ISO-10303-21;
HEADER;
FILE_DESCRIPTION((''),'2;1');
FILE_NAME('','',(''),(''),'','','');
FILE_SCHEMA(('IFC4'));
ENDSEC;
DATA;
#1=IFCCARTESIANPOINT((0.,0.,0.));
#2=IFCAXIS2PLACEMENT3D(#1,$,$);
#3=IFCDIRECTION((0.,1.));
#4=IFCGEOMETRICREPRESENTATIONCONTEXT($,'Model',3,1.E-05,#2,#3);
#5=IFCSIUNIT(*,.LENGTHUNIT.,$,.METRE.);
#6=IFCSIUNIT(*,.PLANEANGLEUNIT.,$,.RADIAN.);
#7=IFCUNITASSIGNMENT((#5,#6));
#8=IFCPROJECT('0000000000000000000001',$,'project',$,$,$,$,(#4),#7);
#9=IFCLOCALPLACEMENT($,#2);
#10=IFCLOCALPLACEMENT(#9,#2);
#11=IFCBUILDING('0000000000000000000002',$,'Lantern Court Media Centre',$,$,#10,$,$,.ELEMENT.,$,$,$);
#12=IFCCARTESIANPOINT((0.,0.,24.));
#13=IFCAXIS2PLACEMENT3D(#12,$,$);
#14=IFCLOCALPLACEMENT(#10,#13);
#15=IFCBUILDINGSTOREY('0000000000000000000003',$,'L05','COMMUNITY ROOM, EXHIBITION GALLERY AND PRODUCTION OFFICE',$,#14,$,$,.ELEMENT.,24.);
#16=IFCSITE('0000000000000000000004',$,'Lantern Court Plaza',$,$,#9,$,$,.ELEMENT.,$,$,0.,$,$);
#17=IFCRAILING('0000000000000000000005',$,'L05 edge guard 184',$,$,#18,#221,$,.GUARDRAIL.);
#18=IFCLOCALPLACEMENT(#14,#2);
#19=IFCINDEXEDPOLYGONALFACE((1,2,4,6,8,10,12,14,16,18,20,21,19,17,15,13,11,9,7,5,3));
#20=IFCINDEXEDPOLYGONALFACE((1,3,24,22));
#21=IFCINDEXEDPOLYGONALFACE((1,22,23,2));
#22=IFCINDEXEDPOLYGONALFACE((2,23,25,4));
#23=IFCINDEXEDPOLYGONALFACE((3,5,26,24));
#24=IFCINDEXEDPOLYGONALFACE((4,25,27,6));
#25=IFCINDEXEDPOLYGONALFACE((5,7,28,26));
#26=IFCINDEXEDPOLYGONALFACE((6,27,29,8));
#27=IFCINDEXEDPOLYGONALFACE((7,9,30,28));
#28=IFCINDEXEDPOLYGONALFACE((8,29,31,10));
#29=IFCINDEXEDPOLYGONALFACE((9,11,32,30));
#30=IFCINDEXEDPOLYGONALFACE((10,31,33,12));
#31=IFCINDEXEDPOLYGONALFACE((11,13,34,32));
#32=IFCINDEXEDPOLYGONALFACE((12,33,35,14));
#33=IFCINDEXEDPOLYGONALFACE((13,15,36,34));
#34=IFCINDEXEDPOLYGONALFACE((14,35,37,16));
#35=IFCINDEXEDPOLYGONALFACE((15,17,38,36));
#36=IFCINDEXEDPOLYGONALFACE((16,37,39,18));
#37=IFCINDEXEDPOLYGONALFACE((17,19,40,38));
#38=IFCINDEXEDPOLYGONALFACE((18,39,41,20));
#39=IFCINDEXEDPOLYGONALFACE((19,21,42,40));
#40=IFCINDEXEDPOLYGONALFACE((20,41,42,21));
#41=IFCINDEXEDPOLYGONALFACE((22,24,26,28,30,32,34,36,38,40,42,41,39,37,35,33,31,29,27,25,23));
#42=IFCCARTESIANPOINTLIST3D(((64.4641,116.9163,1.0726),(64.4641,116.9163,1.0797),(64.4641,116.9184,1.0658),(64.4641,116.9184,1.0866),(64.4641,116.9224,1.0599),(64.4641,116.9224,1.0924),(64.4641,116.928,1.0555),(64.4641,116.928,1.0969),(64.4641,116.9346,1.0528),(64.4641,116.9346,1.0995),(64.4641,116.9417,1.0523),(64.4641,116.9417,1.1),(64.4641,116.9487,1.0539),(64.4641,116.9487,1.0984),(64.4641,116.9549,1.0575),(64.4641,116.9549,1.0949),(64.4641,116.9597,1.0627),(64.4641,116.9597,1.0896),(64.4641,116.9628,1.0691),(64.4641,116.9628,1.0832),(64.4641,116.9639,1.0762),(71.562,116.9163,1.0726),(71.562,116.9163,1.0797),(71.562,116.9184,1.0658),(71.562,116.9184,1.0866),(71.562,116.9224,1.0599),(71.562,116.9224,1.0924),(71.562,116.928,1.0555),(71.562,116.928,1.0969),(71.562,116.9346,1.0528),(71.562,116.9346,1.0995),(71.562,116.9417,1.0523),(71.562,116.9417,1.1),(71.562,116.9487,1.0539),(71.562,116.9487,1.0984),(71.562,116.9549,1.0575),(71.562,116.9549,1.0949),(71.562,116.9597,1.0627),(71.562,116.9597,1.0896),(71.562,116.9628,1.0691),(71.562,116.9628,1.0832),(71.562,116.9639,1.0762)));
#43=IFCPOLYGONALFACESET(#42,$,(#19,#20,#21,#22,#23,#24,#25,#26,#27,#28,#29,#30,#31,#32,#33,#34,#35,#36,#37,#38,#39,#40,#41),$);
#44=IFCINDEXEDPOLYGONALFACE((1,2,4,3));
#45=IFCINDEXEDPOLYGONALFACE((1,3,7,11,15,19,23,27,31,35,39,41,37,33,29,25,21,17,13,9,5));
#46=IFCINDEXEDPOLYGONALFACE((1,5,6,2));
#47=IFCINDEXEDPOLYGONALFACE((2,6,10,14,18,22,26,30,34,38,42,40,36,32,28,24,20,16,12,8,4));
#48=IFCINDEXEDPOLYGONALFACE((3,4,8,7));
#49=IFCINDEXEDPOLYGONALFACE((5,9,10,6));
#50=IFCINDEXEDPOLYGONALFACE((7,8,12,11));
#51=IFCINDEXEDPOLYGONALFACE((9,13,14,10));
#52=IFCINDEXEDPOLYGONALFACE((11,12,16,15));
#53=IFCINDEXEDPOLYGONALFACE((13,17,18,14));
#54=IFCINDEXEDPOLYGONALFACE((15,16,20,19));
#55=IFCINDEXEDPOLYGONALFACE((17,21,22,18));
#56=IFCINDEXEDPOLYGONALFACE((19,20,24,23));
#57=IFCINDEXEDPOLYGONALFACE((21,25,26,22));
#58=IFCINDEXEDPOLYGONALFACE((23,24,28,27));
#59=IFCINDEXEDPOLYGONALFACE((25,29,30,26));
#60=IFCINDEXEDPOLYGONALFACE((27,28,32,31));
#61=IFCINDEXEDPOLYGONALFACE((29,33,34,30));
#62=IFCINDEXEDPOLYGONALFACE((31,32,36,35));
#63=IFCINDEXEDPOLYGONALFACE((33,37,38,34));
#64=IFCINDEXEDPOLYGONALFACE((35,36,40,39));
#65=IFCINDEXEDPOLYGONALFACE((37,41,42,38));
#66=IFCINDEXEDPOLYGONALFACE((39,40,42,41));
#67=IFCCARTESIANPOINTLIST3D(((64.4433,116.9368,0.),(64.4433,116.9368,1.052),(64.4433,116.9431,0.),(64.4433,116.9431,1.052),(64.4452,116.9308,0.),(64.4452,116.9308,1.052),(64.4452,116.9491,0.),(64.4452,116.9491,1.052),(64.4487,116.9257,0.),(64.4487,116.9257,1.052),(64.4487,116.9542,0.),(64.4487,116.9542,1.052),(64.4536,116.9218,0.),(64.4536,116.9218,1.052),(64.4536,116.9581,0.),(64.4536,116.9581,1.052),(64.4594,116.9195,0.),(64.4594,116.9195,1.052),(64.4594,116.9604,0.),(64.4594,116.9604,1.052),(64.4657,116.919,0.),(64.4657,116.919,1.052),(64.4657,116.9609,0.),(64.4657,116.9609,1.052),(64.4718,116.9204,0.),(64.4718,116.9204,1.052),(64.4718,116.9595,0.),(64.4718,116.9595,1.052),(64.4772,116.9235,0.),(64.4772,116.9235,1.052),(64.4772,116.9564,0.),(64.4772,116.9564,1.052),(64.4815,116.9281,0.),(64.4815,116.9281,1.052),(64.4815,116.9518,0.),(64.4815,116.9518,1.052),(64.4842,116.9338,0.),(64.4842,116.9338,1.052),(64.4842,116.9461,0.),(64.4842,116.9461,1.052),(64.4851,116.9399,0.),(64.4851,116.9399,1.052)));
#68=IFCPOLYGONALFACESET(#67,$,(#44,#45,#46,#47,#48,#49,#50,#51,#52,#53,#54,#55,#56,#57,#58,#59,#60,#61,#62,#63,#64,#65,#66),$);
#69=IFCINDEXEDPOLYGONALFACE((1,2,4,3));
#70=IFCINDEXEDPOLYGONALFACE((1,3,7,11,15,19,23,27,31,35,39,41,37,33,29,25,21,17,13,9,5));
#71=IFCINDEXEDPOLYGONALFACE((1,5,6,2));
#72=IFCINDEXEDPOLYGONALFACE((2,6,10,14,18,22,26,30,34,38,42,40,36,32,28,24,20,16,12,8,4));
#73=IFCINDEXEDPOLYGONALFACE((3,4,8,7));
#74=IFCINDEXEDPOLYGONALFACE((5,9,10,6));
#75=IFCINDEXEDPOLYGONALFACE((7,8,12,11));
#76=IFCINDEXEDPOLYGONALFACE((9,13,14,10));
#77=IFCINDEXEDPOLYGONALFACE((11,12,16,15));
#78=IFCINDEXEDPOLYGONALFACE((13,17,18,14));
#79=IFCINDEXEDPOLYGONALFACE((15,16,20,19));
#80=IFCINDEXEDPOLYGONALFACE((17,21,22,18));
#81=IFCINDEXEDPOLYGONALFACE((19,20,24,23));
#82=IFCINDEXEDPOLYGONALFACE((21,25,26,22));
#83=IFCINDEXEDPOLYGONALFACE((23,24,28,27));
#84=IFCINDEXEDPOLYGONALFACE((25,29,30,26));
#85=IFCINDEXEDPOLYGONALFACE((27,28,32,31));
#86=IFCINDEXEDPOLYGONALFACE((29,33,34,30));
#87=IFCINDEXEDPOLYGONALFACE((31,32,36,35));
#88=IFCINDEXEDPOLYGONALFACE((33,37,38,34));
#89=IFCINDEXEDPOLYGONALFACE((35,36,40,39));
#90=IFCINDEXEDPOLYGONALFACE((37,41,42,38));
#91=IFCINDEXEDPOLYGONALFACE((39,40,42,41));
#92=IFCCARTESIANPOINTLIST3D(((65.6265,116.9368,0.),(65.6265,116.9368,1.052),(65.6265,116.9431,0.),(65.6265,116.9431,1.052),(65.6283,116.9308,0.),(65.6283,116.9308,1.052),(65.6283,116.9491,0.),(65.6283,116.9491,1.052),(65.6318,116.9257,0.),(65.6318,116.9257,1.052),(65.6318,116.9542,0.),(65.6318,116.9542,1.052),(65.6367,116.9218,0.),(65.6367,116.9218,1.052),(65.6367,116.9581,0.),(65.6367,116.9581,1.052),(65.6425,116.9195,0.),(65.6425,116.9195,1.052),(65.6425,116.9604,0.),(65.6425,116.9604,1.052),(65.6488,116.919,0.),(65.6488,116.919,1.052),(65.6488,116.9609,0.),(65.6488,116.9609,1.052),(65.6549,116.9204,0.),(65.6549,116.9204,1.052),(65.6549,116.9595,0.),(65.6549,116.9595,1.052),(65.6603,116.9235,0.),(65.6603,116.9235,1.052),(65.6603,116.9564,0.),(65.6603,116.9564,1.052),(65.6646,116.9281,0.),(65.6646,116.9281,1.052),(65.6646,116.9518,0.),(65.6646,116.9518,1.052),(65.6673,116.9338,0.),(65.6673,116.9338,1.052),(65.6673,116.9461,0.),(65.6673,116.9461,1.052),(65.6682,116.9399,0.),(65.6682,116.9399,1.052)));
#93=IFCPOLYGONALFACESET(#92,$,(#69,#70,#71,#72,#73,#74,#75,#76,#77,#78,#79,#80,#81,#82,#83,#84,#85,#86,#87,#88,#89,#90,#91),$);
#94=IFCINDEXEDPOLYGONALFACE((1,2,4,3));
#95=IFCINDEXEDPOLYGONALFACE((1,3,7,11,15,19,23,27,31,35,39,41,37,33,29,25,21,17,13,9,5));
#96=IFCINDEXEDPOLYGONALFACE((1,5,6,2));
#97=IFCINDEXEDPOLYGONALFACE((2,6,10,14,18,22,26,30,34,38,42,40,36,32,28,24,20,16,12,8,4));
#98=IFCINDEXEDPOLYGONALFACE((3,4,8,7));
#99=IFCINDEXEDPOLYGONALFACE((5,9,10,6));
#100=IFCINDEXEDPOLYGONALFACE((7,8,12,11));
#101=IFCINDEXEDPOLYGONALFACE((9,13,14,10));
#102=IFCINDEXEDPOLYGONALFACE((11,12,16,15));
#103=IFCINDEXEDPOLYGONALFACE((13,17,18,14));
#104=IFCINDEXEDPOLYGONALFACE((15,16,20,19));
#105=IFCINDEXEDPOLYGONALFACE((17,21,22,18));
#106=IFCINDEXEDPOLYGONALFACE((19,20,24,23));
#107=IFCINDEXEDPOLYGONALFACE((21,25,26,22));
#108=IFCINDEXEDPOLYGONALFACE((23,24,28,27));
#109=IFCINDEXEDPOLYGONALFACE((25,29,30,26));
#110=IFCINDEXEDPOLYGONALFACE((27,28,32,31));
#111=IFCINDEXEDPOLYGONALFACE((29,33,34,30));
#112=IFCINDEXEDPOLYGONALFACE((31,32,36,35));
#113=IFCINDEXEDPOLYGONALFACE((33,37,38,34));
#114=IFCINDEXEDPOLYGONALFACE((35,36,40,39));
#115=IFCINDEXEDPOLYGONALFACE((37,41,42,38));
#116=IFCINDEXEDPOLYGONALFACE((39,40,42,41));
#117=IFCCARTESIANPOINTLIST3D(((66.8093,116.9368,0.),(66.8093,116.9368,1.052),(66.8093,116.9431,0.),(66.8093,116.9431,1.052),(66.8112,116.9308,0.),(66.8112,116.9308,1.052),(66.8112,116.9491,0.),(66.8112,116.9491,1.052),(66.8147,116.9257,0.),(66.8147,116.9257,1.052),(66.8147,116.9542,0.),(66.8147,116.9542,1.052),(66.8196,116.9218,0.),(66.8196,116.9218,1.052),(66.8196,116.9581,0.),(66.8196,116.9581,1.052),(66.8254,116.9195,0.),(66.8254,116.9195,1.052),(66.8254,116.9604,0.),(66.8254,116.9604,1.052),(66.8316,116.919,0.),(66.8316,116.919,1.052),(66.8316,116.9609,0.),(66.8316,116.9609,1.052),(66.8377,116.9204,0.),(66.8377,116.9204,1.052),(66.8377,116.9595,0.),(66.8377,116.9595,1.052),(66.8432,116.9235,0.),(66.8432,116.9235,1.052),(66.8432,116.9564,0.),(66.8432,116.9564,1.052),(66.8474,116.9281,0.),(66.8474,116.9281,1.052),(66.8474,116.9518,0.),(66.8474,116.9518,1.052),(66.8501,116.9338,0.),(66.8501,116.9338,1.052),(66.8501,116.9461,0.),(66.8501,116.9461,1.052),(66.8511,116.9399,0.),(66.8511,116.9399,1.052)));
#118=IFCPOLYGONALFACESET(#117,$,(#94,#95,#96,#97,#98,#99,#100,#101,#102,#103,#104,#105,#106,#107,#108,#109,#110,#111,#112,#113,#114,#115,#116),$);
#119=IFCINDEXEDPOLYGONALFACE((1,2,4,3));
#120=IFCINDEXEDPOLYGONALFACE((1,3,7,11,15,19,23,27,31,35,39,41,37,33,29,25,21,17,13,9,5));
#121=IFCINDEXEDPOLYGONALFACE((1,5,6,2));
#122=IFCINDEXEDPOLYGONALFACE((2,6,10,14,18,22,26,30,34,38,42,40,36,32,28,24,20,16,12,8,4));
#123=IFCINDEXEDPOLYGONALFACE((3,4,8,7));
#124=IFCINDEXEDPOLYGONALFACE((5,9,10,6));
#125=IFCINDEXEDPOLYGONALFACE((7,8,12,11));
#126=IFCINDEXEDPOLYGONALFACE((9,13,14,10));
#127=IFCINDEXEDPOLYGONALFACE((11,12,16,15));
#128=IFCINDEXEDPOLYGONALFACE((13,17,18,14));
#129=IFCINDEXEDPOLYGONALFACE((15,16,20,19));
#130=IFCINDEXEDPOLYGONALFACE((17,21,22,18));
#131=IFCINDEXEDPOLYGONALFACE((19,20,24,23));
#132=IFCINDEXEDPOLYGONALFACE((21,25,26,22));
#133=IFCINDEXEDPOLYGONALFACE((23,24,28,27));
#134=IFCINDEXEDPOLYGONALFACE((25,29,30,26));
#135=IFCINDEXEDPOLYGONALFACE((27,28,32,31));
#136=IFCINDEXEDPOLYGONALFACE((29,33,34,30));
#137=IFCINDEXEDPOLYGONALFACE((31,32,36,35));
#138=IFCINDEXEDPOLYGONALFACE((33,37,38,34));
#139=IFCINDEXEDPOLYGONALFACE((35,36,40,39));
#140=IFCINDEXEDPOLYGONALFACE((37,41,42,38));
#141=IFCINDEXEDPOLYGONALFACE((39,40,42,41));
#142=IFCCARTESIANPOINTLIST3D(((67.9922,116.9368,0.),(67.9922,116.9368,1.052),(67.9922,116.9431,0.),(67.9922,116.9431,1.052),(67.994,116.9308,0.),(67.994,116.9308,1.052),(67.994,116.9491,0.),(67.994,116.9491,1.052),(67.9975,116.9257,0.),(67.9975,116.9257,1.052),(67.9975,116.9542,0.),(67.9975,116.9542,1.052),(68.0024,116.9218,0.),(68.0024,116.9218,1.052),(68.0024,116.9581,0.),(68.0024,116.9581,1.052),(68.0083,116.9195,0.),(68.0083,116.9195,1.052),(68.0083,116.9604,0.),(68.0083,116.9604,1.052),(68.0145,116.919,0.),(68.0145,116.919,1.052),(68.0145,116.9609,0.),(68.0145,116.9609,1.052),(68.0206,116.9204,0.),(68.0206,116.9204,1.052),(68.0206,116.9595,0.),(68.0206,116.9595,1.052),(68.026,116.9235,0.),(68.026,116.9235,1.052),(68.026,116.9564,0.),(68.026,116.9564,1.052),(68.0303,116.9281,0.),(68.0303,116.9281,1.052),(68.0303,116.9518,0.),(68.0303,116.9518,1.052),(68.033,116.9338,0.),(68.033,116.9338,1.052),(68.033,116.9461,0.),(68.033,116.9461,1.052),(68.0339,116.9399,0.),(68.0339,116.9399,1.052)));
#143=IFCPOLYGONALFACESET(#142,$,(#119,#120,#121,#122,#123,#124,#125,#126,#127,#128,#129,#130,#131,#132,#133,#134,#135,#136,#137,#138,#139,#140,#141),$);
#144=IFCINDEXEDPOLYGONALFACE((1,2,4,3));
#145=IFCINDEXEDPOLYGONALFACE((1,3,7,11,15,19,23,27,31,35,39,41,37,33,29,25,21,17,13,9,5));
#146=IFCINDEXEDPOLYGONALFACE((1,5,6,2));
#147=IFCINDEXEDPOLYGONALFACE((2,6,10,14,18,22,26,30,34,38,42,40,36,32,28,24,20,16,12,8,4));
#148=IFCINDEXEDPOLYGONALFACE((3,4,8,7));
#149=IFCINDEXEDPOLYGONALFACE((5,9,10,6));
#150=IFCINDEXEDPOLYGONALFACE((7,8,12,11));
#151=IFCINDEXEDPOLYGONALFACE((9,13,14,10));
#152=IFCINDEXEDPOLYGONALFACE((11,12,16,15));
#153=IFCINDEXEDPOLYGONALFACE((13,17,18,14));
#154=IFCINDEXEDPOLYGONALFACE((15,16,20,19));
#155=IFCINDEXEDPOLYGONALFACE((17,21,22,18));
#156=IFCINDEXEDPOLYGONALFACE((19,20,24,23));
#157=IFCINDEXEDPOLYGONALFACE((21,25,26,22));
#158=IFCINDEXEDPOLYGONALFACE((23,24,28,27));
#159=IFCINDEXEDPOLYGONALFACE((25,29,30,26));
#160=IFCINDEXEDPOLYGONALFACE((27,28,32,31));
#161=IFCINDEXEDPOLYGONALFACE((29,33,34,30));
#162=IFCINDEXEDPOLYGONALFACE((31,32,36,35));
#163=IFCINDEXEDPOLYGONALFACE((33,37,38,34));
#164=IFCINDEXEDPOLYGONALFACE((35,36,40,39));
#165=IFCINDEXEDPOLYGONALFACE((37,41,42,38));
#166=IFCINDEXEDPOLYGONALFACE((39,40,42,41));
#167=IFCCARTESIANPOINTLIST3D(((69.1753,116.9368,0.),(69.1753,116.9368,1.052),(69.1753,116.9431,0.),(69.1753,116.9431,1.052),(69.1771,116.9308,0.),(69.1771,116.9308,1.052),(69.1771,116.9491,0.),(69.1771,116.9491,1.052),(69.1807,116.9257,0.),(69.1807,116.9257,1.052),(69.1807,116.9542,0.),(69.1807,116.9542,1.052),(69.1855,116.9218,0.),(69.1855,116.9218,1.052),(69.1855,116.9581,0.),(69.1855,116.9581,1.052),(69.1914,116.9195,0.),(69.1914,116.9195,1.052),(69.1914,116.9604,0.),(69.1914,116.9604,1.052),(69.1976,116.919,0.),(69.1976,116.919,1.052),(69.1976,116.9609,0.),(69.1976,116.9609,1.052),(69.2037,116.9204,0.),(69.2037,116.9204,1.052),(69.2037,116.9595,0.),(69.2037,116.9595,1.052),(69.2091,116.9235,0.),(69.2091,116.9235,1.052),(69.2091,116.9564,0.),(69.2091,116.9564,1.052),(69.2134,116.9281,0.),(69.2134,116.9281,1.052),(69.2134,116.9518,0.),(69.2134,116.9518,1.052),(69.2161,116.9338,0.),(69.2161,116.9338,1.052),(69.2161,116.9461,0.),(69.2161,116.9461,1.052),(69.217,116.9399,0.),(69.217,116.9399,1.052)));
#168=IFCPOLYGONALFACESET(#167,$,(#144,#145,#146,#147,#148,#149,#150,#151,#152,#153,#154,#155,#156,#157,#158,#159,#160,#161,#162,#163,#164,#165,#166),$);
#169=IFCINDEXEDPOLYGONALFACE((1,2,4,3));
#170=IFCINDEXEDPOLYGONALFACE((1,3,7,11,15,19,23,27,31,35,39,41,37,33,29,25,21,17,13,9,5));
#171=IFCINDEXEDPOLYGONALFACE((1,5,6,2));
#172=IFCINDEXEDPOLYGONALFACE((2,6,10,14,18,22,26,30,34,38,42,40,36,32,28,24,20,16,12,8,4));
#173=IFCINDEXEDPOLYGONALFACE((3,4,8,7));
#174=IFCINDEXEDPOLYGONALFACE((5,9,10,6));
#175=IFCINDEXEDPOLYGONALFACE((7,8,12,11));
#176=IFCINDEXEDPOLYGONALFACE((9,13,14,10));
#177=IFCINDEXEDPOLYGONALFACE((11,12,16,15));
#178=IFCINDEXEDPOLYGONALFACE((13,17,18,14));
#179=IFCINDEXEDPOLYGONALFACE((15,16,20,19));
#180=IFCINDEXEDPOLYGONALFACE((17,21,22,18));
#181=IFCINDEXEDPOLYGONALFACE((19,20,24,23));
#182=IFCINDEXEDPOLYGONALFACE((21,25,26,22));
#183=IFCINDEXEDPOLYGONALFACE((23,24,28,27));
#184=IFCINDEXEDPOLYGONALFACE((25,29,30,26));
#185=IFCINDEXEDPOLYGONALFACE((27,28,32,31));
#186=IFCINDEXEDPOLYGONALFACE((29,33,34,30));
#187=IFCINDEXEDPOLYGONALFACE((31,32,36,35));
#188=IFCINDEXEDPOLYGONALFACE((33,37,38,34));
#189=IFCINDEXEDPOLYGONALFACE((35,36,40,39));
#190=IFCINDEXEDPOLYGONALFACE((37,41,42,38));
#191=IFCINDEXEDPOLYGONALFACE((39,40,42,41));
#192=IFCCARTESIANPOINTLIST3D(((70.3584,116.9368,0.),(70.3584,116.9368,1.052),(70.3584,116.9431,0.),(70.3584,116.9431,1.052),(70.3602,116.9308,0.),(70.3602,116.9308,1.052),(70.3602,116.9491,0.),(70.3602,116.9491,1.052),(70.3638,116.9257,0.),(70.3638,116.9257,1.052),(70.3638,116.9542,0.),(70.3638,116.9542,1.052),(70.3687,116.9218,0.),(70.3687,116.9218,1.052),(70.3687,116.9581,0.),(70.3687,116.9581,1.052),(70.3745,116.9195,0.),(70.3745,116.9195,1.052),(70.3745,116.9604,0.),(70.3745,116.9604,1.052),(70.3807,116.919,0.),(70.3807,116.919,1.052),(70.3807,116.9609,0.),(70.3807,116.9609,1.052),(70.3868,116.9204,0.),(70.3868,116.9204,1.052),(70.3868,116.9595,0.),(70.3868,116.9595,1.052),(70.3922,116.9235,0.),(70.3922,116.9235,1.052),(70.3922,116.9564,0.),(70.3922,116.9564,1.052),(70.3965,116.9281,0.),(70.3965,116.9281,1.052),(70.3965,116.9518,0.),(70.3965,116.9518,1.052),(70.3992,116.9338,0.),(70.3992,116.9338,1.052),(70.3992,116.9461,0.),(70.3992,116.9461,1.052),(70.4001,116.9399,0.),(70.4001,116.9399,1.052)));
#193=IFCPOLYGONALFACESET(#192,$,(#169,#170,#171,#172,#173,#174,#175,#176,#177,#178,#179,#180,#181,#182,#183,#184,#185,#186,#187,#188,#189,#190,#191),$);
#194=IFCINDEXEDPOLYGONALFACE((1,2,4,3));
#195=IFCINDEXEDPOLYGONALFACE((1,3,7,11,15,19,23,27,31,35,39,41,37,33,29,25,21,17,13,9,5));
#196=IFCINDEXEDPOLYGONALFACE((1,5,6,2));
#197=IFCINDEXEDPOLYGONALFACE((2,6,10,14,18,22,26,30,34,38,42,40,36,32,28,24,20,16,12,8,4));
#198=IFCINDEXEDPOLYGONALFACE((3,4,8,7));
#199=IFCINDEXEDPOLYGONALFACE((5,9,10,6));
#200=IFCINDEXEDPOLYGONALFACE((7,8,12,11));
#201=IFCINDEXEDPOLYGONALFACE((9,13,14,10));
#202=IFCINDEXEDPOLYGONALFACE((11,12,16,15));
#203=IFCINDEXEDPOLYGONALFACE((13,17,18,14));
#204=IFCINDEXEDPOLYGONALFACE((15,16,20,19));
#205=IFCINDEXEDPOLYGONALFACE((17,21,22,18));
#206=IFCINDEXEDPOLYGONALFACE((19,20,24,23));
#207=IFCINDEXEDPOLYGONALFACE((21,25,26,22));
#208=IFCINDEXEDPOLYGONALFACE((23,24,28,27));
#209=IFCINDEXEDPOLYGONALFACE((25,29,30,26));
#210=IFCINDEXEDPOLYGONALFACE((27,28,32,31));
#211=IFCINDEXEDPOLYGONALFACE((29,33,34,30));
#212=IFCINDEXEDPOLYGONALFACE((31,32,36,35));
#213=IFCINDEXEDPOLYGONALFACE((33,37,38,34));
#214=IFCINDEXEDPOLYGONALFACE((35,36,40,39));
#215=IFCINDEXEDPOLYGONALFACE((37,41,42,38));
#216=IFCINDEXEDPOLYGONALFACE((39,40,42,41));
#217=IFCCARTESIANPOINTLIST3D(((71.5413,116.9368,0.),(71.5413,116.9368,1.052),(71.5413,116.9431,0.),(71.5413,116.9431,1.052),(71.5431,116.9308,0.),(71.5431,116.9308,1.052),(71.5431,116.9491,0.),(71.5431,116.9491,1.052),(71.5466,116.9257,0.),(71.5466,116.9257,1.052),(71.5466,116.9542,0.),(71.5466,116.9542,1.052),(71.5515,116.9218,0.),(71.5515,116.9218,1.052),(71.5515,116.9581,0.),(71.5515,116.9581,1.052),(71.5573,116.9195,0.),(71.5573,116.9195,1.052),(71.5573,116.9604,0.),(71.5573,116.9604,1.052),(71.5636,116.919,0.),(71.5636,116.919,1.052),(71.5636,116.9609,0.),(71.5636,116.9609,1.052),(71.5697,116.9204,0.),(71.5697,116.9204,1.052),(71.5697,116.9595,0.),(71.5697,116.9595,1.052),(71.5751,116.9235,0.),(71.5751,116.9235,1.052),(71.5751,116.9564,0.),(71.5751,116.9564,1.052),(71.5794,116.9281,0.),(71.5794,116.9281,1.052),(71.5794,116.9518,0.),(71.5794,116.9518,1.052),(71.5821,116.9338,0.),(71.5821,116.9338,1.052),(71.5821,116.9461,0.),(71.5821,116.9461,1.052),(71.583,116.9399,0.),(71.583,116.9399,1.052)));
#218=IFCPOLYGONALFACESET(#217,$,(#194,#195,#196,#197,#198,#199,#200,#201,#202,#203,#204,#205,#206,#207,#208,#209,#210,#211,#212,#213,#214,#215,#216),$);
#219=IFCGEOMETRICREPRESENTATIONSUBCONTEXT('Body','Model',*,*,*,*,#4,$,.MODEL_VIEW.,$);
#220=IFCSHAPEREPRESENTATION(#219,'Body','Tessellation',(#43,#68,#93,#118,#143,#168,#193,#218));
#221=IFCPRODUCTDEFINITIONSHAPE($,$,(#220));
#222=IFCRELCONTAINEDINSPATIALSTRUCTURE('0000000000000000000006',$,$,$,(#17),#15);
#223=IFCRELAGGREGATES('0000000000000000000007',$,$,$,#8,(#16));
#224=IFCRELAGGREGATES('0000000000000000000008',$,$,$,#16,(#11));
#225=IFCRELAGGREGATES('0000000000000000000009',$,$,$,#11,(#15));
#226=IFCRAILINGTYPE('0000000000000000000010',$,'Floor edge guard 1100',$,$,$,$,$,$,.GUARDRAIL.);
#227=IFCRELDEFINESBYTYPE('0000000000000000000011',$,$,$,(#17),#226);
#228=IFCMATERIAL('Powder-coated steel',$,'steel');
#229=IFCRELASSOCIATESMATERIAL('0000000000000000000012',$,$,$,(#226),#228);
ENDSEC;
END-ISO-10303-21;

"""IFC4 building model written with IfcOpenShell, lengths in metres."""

from ifc_helpers import new_model, si_unit, direction, frame, origin, origin_2d, place, context, subcontext, project, spatial, circle, extrude, material, type_object, element, save


model = new_model("IFC4")

# Units and contexts
model_context = context("Model", 3, precision=1e-05, world=origin(), true_north=direction((0.0, 1.0)))
body_context = subcontext(model_context, "Body", "Model", "MODEL_VIEW")
ifc_project = project(units=[si_unit("LENGTHUNIT", "METRE"), si_unit("PLANEANGLEUNIT", "RADIAN")], contexts=[model_context])

# Site, building, storey
site_placement = place(None, origin())
site = spatial("IfcSite", under=ifc_project, at=site_placement, Name="Lantern Court Plaza", CompositionType="ELEMENT", RefElevation=0.0)
building_placement = place(site_placement, origin())
building = spatial("IfcBuilding", under=site, at=building_placement, Name="Lantern Court Media Centre", CompositionType="ELEMENT")
storey_placement = place(building_placement, frame((0.0, 0.0, 24.0)))
storey = spatial("IfcBuildingStorey", under=building, at=storey_placement, Name="L05", Description="COMMUNITY ROOM, EXHIBITION GALLERY AND PRODUCTION OFFICE", CompositionType="ELEMENT", Elevation=24.0)

# Railing
ifc_material_1 = material(Name="Powder-coated steel", Category="steel")
railing_type = type_object("IfcRailingType", Name="Floor edge guard 1100", PredefinedType="GUARDRAIL", material=ifc_material_1)
railing_placement = place(storey_placement, frame((64.4641, 116.9399, 0.0)))
element("IfcRailing", 1, at=railing_placement, inside=storey, type_object=railing_type, Name="L05 edge guard 184", PredefinedType="GUARDRAIL", context=body_context, shape_type="SweptSolid", body=[
    extrude(circle(Radius=0.0239, at=origin_2d()), frame((0.0, 0.0, 1.0762), z_axis=(1.0, 0.0, 0.0), x_axis=(0.0, 1.0, 0.0)), (0.0, 0.0, 1.0), 7.0979),
    extrude(circle(Radius=0.021, at=origin_2d()), origin(), (0.0, 0.0, 1.0), 1.052),
    extrude(circle(Radius=0.021, at=origin_2d()), frame((1.1831, 0.0, 0.0)), (0.0, 0.0, 1.0), 1.052),
    extrude(circle(Radius=0.021, at=origin_2d()), frame((2.366, 0.0, 0.0)), (0.0, 0.0, 1.0), 1.052),
    extrude(circle(Radius=0.021, at=origin_2d()), frame((3.5488, 0.0, 0.0)), (0.0, 0.0, 1.0), 1.052),
    extrude(circle(Radius=0.021, at=origin_2d()), frame((4.7319, 0.0, 0.0)), (0.0, 0.0, 1.0), 1.052),
    extrude(circle(Radius=0.021, at=origin_2d()), frame((5.915, 0.0, 0.0)), (0.0, 0.0, 1.0), 1.052),
    extrude(circle(Radius=0.021, at=origin_2d()), frame((7.0979, 0.0, 0.0)), (0.0, 0.0, 1.0), 1.052),
])

save(model, "model.ifc")
